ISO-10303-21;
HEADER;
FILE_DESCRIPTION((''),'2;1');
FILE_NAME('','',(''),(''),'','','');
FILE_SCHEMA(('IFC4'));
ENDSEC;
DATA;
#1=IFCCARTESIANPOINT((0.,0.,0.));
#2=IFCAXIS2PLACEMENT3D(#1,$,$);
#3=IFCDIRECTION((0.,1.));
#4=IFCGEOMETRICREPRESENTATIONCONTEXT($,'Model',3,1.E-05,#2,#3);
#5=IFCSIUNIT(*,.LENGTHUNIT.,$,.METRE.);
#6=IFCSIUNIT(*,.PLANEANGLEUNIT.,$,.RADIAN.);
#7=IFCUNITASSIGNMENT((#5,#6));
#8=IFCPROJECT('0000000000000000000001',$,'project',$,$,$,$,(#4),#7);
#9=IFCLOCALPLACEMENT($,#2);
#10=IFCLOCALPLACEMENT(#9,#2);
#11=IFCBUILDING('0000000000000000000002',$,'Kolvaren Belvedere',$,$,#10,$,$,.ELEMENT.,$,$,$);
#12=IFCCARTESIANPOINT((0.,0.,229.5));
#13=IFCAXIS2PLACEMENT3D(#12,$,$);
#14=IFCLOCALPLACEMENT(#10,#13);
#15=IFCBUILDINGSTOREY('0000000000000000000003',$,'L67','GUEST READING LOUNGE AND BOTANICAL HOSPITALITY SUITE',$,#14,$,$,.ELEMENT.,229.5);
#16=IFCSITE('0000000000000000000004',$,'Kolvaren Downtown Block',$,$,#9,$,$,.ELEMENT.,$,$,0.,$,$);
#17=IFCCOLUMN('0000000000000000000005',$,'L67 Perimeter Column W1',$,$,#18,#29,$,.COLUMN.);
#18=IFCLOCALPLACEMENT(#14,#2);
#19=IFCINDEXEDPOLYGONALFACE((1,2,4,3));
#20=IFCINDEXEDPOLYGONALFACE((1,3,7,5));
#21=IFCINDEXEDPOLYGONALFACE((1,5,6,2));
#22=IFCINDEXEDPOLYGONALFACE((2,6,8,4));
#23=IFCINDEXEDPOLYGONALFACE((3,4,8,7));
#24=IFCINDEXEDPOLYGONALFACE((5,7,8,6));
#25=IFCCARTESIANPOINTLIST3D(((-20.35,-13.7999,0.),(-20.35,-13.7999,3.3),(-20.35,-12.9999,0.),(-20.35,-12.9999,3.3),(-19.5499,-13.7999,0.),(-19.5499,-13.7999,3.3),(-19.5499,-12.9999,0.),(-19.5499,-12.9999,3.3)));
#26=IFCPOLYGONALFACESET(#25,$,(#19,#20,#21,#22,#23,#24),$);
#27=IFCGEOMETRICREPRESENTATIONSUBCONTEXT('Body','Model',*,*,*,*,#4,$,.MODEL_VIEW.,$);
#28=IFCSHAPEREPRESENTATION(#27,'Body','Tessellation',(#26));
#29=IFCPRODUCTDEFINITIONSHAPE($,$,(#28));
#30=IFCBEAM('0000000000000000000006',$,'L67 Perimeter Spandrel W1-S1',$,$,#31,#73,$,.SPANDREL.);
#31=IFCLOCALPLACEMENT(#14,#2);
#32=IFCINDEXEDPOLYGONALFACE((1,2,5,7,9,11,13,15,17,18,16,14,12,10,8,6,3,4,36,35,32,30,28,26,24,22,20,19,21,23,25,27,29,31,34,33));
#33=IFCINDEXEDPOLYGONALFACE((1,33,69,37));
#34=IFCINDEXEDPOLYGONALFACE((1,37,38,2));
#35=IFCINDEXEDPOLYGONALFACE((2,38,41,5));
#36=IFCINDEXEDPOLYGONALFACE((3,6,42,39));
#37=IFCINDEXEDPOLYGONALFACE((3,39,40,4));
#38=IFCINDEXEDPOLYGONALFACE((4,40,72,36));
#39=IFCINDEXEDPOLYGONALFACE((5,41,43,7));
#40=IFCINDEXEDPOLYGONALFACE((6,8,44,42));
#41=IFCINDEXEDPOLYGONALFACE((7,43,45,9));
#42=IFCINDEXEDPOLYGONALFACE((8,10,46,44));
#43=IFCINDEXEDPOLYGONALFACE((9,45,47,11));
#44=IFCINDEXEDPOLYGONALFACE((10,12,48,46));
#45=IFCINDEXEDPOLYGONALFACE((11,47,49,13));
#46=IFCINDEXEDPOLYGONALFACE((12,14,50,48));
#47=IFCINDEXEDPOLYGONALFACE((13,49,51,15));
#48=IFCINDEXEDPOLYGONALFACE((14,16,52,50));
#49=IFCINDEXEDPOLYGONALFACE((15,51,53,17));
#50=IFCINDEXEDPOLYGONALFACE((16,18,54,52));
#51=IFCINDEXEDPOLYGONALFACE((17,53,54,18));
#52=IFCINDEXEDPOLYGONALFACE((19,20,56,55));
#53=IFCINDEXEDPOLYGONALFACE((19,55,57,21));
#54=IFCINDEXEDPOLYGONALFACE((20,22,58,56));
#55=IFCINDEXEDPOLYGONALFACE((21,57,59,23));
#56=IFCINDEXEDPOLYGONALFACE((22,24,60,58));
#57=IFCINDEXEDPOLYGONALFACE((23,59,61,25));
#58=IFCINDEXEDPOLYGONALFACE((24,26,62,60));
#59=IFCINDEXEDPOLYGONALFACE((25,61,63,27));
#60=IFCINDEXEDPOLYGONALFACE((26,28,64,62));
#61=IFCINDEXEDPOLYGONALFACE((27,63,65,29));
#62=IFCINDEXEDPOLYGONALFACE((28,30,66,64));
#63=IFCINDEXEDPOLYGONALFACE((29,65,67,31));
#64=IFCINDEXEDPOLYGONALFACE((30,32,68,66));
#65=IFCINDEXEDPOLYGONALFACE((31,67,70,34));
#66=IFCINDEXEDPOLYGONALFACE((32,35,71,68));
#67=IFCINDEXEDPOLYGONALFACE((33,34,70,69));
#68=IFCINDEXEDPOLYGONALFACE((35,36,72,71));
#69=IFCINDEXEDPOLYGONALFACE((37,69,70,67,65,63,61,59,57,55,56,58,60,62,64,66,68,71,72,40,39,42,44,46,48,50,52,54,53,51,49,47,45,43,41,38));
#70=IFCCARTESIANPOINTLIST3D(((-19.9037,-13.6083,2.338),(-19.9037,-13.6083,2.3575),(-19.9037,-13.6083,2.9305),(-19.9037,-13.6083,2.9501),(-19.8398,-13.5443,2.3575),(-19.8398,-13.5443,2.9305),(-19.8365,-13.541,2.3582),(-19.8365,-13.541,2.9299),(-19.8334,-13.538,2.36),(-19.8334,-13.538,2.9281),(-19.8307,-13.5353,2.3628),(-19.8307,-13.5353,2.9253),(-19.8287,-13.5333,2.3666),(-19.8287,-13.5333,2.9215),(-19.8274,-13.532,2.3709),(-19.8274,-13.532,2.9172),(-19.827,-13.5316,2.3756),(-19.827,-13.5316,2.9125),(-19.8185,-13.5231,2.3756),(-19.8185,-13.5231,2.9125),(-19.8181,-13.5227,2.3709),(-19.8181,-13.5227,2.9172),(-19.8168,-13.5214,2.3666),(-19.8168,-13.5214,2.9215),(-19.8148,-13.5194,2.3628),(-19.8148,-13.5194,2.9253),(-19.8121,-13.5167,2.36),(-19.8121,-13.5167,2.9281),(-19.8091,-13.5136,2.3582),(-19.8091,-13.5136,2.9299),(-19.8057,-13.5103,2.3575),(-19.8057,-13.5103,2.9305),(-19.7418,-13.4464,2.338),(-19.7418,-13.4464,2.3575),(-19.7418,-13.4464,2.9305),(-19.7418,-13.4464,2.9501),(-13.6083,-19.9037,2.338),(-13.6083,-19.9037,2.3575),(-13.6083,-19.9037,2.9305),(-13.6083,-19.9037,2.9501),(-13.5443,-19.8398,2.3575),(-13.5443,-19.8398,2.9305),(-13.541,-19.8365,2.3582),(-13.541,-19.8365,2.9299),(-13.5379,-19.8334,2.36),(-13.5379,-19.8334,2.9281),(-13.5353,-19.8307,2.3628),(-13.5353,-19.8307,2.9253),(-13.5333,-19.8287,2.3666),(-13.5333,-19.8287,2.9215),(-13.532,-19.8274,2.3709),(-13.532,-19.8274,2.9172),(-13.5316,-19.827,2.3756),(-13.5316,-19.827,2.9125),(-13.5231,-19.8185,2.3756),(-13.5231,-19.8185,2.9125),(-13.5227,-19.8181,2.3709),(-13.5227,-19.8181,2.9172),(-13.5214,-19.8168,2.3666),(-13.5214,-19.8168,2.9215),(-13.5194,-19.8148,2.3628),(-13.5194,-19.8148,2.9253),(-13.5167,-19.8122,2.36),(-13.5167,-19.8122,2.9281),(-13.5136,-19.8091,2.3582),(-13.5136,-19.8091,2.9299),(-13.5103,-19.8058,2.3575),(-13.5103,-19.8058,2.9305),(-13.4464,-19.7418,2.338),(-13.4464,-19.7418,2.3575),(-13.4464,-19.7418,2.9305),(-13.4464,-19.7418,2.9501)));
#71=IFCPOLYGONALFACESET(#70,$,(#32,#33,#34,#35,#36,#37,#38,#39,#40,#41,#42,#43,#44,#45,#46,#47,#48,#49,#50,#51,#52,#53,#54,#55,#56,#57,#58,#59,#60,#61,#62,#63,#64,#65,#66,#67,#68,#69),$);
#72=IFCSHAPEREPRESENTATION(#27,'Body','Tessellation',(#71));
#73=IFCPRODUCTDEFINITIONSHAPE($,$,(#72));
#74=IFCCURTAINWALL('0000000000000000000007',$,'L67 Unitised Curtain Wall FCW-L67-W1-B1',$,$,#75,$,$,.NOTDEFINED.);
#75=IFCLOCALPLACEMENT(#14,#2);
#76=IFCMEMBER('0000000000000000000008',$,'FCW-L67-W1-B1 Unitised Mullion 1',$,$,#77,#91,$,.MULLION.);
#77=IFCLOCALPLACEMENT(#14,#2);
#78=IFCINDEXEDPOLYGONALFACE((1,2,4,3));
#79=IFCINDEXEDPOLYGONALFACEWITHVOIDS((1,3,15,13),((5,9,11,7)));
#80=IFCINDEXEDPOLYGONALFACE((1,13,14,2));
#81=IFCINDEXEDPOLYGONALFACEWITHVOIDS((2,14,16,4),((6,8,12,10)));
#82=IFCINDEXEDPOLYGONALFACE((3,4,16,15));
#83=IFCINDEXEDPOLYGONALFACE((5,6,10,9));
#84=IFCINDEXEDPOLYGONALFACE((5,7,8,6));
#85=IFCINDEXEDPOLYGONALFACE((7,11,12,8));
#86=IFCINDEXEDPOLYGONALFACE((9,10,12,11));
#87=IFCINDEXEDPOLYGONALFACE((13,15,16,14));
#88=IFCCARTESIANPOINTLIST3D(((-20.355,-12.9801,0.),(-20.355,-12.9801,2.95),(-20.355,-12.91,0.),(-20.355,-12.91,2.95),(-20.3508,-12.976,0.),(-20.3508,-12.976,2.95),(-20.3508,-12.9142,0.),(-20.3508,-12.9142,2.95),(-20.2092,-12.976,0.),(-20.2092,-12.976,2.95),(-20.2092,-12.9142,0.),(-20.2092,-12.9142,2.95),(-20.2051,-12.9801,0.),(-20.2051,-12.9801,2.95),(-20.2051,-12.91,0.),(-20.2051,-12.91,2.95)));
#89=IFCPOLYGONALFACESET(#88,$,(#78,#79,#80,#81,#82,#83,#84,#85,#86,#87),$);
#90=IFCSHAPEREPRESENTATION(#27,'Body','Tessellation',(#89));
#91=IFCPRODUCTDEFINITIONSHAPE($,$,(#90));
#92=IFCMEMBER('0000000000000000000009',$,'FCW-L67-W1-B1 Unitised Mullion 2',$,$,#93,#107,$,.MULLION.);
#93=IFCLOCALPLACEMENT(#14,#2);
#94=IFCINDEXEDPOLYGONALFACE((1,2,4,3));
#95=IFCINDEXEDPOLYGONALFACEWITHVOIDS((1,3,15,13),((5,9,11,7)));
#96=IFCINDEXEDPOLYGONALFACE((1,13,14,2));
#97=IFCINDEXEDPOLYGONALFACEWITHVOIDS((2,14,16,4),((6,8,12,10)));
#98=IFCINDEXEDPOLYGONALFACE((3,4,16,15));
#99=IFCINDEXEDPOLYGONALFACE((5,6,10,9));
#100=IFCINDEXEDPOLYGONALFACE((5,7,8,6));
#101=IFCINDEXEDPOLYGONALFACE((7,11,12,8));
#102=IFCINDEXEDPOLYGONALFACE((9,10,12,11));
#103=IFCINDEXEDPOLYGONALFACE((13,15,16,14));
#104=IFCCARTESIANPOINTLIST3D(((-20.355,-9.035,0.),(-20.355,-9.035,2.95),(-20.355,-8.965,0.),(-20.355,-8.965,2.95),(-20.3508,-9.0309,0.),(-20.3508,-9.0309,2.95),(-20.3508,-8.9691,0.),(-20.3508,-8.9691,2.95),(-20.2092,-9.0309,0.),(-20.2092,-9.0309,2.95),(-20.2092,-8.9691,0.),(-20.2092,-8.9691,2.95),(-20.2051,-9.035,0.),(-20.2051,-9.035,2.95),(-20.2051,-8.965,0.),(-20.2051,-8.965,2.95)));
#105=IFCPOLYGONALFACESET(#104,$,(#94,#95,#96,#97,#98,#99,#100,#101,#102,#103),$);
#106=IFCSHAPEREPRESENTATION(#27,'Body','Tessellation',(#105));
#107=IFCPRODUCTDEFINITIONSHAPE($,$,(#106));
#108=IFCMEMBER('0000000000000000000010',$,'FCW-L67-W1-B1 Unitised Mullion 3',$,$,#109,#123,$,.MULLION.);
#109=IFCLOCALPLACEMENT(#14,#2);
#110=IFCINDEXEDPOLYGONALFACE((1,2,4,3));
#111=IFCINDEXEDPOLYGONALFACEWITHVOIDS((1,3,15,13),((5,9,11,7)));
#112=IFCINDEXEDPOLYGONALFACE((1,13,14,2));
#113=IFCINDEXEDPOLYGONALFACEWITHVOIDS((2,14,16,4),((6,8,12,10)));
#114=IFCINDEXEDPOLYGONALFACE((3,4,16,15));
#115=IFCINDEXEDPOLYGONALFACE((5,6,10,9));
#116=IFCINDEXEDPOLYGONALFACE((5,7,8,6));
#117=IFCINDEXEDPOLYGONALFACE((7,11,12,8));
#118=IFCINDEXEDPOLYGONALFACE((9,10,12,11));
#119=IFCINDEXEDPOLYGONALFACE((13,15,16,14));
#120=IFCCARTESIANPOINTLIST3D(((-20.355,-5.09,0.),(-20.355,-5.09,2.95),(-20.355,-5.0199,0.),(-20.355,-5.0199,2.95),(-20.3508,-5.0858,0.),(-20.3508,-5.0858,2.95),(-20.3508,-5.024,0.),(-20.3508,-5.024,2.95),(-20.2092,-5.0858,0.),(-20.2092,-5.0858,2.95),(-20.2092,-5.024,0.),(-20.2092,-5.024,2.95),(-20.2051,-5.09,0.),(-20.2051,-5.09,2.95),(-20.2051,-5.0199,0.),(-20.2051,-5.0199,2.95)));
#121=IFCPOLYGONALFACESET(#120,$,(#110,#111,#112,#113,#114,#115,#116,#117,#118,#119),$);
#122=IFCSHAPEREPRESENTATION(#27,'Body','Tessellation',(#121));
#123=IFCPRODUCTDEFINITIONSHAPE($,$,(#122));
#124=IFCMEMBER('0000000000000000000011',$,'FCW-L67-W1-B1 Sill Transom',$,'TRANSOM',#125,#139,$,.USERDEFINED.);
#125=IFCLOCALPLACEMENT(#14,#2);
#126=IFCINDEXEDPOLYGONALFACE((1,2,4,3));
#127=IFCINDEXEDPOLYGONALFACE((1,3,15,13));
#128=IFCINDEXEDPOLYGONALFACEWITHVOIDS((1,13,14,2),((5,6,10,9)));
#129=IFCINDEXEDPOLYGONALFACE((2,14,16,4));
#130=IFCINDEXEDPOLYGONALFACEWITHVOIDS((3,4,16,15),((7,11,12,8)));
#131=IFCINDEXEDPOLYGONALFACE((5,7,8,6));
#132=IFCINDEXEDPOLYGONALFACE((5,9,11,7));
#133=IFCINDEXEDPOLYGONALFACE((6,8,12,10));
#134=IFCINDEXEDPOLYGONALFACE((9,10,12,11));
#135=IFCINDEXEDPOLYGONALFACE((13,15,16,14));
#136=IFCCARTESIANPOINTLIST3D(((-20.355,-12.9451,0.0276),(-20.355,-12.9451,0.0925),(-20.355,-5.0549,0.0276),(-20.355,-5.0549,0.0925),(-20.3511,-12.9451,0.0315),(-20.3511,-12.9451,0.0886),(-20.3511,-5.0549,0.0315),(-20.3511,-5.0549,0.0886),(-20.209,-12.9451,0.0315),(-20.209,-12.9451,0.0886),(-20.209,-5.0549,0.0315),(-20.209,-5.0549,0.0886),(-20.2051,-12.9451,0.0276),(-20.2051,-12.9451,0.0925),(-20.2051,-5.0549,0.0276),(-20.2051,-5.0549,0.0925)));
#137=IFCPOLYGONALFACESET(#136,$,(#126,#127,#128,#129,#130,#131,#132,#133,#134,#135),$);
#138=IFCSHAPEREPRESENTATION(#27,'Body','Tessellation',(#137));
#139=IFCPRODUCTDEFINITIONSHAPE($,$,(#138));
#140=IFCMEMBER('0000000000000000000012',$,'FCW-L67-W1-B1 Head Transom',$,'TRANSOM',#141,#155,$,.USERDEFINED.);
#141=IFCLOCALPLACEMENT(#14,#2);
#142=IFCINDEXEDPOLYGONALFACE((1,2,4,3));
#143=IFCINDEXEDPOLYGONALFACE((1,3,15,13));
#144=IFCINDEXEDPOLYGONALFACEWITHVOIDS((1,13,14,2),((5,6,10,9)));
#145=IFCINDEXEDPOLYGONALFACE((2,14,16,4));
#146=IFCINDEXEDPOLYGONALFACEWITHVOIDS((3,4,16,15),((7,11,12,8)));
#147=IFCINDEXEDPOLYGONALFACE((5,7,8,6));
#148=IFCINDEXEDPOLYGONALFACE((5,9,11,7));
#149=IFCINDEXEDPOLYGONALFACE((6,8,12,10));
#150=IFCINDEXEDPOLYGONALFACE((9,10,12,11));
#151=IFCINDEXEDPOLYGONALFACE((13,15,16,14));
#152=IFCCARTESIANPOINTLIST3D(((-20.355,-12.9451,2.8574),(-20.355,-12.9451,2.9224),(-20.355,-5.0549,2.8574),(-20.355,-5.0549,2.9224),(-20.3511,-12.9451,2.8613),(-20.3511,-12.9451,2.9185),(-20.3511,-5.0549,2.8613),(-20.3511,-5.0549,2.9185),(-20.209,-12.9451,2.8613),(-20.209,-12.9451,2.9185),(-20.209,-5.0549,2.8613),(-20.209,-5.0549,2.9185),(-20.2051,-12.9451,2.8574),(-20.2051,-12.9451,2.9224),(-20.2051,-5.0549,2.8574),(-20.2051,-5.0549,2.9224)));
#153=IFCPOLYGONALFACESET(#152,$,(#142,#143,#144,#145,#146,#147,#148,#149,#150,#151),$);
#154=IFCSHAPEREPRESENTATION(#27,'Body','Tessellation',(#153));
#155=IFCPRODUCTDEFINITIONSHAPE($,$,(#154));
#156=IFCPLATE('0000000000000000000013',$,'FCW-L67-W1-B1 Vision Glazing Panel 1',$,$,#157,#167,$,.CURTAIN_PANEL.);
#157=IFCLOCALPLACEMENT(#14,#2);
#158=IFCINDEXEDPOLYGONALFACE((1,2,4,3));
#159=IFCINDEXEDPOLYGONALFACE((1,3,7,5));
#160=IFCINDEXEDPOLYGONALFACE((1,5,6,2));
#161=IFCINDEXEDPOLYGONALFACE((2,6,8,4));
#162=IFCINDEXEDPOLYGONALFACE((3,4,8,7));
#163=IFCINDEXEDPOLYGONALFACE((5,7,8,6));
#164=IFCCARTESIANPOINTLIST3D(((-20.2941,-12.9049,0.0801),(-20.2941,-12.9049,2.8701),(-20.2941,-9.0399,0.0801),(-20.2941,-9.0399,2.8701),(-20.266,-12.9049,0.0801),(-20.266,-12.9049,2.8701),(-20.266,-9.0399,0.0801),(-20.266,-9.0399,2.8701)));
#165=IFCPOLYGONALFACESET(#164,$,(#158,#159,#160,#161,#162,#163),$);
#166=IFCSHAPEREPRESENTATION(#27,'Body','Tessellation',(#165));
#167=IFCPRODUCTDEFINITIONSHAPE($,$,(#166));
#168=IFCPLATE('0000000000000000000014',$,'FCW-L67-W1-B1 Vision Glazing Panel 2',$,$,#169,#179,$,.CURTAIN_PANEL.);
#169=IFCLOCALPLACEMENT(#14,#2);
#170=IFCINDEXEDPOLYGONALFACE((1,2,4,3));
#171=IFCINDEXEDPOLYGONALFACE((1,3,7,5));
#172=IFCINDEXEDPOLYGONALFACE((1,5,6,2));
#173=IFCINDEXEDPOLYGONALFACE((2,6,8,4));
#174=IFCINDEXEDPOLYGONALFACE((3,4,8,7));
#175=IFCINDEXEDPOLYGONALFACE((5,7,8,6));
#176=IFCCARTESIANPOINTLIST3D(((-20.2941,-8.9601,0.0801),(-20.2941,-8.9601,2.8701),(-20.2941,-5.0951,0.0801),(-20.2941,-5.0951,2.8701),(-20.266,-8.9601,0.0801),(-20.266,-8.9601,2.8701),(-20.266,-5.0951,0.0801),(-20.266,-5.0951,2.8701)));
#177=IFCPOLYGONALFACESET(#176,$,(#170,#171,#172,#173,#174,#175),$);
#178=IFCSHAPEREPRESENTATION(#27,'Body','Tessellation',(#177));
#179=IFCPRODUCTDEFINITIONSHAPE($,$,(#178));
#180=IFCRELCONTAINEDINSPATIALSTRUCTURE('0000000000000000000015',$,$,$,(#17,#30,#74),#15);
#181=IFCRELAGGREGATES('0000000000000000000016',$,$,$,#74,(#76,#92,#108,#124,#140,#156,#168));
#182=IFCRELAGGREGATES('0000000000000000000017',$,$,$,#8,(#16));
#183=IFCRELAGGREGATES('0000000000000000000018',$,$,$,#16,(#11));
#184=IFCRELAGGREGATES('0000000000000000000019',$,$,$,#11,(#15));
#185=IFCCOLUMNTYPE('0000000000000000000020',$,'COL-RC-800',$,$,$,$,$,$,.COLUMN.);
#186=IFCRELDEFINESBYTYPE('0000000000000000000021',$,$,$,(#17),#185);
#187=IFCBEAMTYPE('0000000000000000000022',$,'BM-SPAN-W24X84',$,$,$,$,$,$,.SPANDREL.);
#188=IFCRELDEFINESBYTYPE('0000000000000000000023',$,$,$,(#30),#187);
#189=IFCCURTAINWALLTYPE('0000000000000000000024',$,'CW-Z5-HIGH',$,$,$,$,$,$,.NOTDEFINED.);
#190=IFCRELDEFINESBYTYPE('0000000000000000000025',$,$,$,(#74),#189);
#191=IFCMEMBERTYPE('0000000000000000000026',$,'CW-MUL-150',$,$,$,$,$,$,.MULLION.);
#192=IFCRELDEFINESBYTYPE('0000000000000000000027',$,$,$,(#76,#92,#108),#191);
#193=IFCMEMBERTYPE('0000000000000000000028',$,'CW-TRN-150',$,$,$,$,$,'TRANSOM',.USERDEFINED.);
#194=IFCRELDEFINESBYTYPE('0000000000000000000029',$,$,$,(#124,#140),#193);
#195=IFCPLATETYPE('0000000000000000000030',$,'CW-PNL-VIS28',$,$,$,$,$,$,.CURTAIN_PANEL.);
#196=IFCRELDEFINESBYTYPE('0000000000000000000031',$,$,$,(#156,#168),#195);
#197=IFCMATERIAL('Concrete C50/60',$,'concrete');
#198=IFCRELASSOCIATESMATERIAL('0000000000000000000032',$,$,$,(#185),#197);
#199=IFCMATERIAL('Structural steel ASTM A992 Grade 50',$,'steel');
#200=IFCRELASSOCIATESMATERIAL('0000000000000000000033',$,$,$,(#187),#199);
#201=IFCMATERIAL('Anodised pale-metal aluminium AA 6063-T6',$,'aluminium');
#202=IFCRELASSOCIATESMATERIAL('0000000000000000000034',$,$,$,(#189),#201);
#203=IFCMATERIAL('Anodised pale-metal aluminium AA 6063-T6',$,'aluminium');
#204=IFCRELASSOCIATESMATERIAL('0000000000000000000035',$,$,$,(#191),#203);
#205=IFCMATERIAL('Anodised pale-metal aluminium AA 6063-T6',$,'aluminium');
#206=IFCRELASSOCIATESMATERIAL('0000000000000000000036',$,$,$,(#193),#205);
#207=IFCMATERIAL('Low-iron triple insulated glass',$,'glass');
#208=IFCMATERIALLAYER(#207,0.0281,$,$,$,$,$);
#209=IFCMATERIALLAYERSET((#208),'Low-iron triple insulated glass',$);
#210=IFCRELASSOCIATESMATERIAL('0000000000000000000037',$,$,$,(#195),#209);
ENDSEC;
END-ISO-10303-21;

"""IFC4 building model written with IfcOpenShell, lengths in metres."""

from ifc_helpers import new_model, si_unit, direction, frame, origin, origin_2d, place, context, subcontext, project, spatial, rectangle, hollow_rectangle, i_section, extrude, material, layer, layer_set, material_profile, profile_set, type_object, element, aggregate, save


model = new_model("IFC4")

# Units and contexts
model_context = context("Model", 3, precision=1e-05, world=origin(), true_north=direction((0.0, 1.0)))
body_context = subcontext(model_context, "Body", "Model", "MODEL_VIEW")
ifc_project = project(units=[si_unit("LENGTHUNIT", "METRE"), si_unit("PLANEANGLEUNIT", "RADIAN")], contexts=[model_context])

# Site, building, storey
site_placement = place(None, origin())
site = spatial("IfcSite", under=ifc_project, at=site_placement, Name="Kolvaren Downtown Block", CompositionType="ELEMENT", RefElevation=0.0)
building_placement = place(site_placement, origin())
building = spatial("IfcBuilding", under=site, at=building_placement, Name="Kolvaren Belvedere", CompositionType="ELEMENT")
storey_placement = place(building_placement, frame((0.0, 0.0, 229.5)))
storey = spatial("IfcBuildingStorey", under=building, at=storey_placement, Name="L67", Description="GUEST READING LOUNGE AND BOTANICAL HOSPITALITY SUITE", CompositionType="ELEMENT", Elevation=229.5)

# Column
ifc_material_1 = material(Name="Concrete C50/60", Category="concrete")
ifc_material_profile_1 = material_profile(ifc_material_1, rectangle(XDim=0.8, YDim=0.8, at=origin_2d()), Name="RC 800X800")
ifc_profile_set_1 = profile_set([ifc_material_profile_1], Name="Concrete C50/60")
column_type = type_object("IfcColumnType", Name="COL-RC-800", PredefinedType="COLUMN", material=ifc_profile_set_1)
column_placement = place(storey_placement, frame((-19.95, -13.3999, 0.0), z_axis=(0.0, 0.0, 1.0), x_axis=(1.0, 0.0, 0.0)))
element("IfcColumn", 1, at=column_placement, inside=storey, type_object=column_type, Name="L67 Perimeter Column W1", PredefinedType="COLUMN", context=body_context, shape_type="SweptSolid", body=[
    extrude(rectangle(XDim=0.8, YDim=0.8, at=origin_2d()), origin(), (0.0, 0.0, 1.0), 3.3),
])

# Beam
ifc_material_2 = material(Name="Structural steel ASTM A992 Grade 50", Category="steel")
ifc_material_profile_2 = material_profile(ifc_material_2, i_section(OverallWidth=0.229, OverallDepth=0.6121, WebThickness=0.012, FlangeThickness=0.0195, FilletRadius=0.0181, at=origin_2d()), Name="W24X84")
ifc_profile_set_2 = profile_set([ifc_material_profile_2], Name="Structural steel ASTM A992 Grade 50")
beam_type = type_object("IfcBeamType", Name="BM-SPAN-W24X84", PredefinedType="SPANDREL", material=ifc_profile_set_2)
beam_placement = place(storey_placement, frame((-19.8228, -13.5273, 2.644), z_axis=(0.707107, -0.707107, 0.0), x_axis=(0.707107, 0.707107, 0.0)))
element("IfcBeam", 2, at=beam_placement, inside=storey, type_object=beam_type, Name="L67 Perimeter Spandrel W1-S1", PredefinedType="SPANDREL", context=body_context, shape_type="SweptSolid", body=[
    extrude(i_section(OverallWidth=0.229, OverallDepth=0.6121, WebThickness=0.012, FlangeThickness=0.0195, FilletRadius=0.0181, at=origin_2d()), origin(), (0.0, 0.0, 1.0), 8.9031),
])

# Curtain wall, members, plates
ifc_material_3 = material(Name="Anodised pale-metal aluminium AA 6063-T6", Category="aluminium")
curtain_wall_type = type_object("IfcCurtainWallType", Name="CW-Z5-HIGH", PredefinedType="NOTDEFINED", material=ifc_material_3)
curtain_wall_placement = place(storey_placement, origin())
curtain_wall = element("IfcCurtainWall", 3, at=curtain_wall_placement, inside=storey, type_object=curtain_wall_type, Name="L67 Unitised Curtain Wall FCW-L67-W1-B1", PredefinedType="NOTDEFINED")
ifc_material_4 = material(Name="Anodised pale-metal aluminium AA 6063-T6", Category="aluminium")
ifc_material_profile_3 = material_profile(ifc_material_4, hollow_rectangle(XDim=0.0701, YDim=0.1499, WallThickness=0.0042, at=origin_2d()), Name="ALU-MUL-150X70")
ifc_profile_set_3 = profile_set([ifc_material_profile_3], Name="Anodised pale-metal aluminium AA 6063-T6")
member_type_1 = type_object("IfcMemberType", Name="CW-MUL-150", PredefinedType="MULLION", material=ifc_profile_set_3)
member_1_placement = place(storey_placement, frame((-20.28, -12.9451, 0.0), z_axis=(0.0, 0.0, 1.0), x_axis=(0.0, 1.0, 0.0)))
member_1 = element("IfcMember", 4, at=member_1_placement, type_object=member_type_1, Name="FCW-L67-W1-B1 Unitised Mullion 1", PredefinedType="MULLION", context=body_context, shape_type="SweptSolid", body=[
    extrude(hollow_rectangle(XDim=0.0701, YDim=0.1499, WallThickness=0.0042, at=origin_2d()), origin(), (0.0, 0.0, 1.0), 2.95),
])
member_2_placement = place(storey_placement, frame((-20.28, -9.0, 0.0), z_axis=(0.0, 0.0, 1.0), x_axis=(0.0, 1.0, 0.0)))
member_2 = element("IfcMember", 5, at=member_2_placement, type_object=member_type_1, Name="FCW-L67-W1-B1 Unitised Mullion 2", PredefinedType="MULLION", context=body_context, shape_type="SweptSolid", body=[
    extrude(hollow_rectangle(XDim=0.0701, YDim=0.1499, WallThickness=0.0042, at=origin_2d()), origin(), (0.0, 0.0, 1.0), 2.95),
])
member_3_placement = place(storey_placement, frame((-20.28, -5.0549, 0.0), z_axis=(0.0, 0.0, 1.0), x_axis=(0.0, 1.0, 0.0)))
member_3 = element("IfcMember", 6, at=member_3_placement, type_object=member_type_1, Name="FCW-L67-W1-B1 Unitised Mullion 3", PredefinedType="MULLION", context=body_context, shape_type="SweptSolid", body=[
    extrude(hollow_rectangle(XDim=0.0701, YDim=0.1499, WallThickness=0.0042, at=origin_2d()), origin(), (0.0, 0.0, 1.0), 2.95),
])
ifc_material_5 = material(Name="Anodised pale-metal aluminium AA 6063-T6", Category="aluminium")
ifc_material_profile_4 = material_profile(ifc_material_5, hollow_rectangle(XDim=0.0649, YDim=0.1499, WallThickness=0.0039, at=origin_2d()), Name="ALU-TRN-150X65")
ifc_profile_set_4 = profile_set([ifc_material_profile_4], Name="Anodised pale-metal aluminium AA 6063-T6")
member_type_2 = type_object("IfcMemberType", Name="CW-TRN-150", ElementType="TRANSOM", PredefinedType="USERDEFINED", material=ifc_profile_set_4)
member_4_placement = place(storey_placement, frame((-20.28, -12.9451, 0.0601), z_axis=(0.0, 1.0, 0.0), x_axis=(0.0, 0.0, 1.0)))
member_4 = element("IfcMember", 7, at=member_4_placement, type_object=member_type_2, Name="FCW-L67-W1-B1 Sill Transom", ObjectType="TRANSOM", PredefinedType="USERDEFINED", context=body_context, shape_type="SweptSolid", body=[
    extrude(hollow_rectangle(XDim=0.0649, YDim=0.1499, WallThickness=0.0039, at=origin_2d()), origin(), (0.0, 0.0, 1.0), 7.8901),
])
member_5_placement = place(storey_placement, frame((-20.28, -12.9451, 2.8899), z_axis=(0.0, 1.0, 0.0), x_axis=(0.0, 0.0, 1.0)))
member_5 = element("IfcMember", 8, at=member_5_placement, type_object=member_type_2, Name="FCW-L67-W1-B1 Head Transom", ObjectType="TRANSOM", PredefinedType="USERDEFINED", context=body_context, shape_type="SweptSolid", body=[
    extrude(hollow_rectangle(XDim=0.0649, YDim=0.1499, WallThickness=0.0039, at=origin_2d()), origin(), (0.0, 0.0, 1.0), 7.8901),
])
ifc_material_6 = material(Name="Low-iron triple insulated glass", Category="glass")
ifc_layer_1 = layer(ifc_material_6, 0.0281)
ifc_layer_set_1 = layer_set([ifc_layer_1], Name="Low-iron triple insulated glass")
plate_type_1 = type_object("IfcPlateType", Name="CW-PNL-VIS28", PredefinedType="CURTAIN_PANEL", material=ifc_layer_set_1)
plate_1_placement = place(storey_placement, frame((-20.28, -10.9724, 0.0801), z_axis=(0.0, 0.0, 1.0), x_axis=(0.0, 1.0, 0.0)))
plate_1 = element("IfcPlate", 9, at=plate_1_placement, type_object=plate_type_1, Name="FCW-L67-W1-B1 Vision Glazing Panel 1", PredefinedType="CURTAIN_PANEL", context=body_context, shape_type="SweptSolid", body=[
    extrude(rectangle(XDim=3.865, YDim=0.0281, at=origin_2d()), origin(), (0.0, 0.0, 1.0), 2.79),
])
plate_2_placement = place(storey_placement, frame((-20.28, -7.0276, 0.0801), z_axis=(0.0, 0.0, 1.0), x_axis=(0.0, 1.0, 0.0)))
plate_2 = element("IfcPlate", 10, at=plate_2_placement, type_object=plate_type_1, Name="FCW-L67-W1-B1 Vision Glazing Panel 2", PredefinedType="CURTAIN_PANEL", context=body_context, shape_type="SweptSolid", body=[
    extrude(rectangle(XDim=3.865, YDim=0.0281, at=origin_2d()), origin(), (0.0, 0.0, 1.0), 2.79),
])
aggregate(curtain_wall, [member_1, member_2, member_3, member_4, member_5, plate_1, plate_2])

save(model, "model.ifc")
